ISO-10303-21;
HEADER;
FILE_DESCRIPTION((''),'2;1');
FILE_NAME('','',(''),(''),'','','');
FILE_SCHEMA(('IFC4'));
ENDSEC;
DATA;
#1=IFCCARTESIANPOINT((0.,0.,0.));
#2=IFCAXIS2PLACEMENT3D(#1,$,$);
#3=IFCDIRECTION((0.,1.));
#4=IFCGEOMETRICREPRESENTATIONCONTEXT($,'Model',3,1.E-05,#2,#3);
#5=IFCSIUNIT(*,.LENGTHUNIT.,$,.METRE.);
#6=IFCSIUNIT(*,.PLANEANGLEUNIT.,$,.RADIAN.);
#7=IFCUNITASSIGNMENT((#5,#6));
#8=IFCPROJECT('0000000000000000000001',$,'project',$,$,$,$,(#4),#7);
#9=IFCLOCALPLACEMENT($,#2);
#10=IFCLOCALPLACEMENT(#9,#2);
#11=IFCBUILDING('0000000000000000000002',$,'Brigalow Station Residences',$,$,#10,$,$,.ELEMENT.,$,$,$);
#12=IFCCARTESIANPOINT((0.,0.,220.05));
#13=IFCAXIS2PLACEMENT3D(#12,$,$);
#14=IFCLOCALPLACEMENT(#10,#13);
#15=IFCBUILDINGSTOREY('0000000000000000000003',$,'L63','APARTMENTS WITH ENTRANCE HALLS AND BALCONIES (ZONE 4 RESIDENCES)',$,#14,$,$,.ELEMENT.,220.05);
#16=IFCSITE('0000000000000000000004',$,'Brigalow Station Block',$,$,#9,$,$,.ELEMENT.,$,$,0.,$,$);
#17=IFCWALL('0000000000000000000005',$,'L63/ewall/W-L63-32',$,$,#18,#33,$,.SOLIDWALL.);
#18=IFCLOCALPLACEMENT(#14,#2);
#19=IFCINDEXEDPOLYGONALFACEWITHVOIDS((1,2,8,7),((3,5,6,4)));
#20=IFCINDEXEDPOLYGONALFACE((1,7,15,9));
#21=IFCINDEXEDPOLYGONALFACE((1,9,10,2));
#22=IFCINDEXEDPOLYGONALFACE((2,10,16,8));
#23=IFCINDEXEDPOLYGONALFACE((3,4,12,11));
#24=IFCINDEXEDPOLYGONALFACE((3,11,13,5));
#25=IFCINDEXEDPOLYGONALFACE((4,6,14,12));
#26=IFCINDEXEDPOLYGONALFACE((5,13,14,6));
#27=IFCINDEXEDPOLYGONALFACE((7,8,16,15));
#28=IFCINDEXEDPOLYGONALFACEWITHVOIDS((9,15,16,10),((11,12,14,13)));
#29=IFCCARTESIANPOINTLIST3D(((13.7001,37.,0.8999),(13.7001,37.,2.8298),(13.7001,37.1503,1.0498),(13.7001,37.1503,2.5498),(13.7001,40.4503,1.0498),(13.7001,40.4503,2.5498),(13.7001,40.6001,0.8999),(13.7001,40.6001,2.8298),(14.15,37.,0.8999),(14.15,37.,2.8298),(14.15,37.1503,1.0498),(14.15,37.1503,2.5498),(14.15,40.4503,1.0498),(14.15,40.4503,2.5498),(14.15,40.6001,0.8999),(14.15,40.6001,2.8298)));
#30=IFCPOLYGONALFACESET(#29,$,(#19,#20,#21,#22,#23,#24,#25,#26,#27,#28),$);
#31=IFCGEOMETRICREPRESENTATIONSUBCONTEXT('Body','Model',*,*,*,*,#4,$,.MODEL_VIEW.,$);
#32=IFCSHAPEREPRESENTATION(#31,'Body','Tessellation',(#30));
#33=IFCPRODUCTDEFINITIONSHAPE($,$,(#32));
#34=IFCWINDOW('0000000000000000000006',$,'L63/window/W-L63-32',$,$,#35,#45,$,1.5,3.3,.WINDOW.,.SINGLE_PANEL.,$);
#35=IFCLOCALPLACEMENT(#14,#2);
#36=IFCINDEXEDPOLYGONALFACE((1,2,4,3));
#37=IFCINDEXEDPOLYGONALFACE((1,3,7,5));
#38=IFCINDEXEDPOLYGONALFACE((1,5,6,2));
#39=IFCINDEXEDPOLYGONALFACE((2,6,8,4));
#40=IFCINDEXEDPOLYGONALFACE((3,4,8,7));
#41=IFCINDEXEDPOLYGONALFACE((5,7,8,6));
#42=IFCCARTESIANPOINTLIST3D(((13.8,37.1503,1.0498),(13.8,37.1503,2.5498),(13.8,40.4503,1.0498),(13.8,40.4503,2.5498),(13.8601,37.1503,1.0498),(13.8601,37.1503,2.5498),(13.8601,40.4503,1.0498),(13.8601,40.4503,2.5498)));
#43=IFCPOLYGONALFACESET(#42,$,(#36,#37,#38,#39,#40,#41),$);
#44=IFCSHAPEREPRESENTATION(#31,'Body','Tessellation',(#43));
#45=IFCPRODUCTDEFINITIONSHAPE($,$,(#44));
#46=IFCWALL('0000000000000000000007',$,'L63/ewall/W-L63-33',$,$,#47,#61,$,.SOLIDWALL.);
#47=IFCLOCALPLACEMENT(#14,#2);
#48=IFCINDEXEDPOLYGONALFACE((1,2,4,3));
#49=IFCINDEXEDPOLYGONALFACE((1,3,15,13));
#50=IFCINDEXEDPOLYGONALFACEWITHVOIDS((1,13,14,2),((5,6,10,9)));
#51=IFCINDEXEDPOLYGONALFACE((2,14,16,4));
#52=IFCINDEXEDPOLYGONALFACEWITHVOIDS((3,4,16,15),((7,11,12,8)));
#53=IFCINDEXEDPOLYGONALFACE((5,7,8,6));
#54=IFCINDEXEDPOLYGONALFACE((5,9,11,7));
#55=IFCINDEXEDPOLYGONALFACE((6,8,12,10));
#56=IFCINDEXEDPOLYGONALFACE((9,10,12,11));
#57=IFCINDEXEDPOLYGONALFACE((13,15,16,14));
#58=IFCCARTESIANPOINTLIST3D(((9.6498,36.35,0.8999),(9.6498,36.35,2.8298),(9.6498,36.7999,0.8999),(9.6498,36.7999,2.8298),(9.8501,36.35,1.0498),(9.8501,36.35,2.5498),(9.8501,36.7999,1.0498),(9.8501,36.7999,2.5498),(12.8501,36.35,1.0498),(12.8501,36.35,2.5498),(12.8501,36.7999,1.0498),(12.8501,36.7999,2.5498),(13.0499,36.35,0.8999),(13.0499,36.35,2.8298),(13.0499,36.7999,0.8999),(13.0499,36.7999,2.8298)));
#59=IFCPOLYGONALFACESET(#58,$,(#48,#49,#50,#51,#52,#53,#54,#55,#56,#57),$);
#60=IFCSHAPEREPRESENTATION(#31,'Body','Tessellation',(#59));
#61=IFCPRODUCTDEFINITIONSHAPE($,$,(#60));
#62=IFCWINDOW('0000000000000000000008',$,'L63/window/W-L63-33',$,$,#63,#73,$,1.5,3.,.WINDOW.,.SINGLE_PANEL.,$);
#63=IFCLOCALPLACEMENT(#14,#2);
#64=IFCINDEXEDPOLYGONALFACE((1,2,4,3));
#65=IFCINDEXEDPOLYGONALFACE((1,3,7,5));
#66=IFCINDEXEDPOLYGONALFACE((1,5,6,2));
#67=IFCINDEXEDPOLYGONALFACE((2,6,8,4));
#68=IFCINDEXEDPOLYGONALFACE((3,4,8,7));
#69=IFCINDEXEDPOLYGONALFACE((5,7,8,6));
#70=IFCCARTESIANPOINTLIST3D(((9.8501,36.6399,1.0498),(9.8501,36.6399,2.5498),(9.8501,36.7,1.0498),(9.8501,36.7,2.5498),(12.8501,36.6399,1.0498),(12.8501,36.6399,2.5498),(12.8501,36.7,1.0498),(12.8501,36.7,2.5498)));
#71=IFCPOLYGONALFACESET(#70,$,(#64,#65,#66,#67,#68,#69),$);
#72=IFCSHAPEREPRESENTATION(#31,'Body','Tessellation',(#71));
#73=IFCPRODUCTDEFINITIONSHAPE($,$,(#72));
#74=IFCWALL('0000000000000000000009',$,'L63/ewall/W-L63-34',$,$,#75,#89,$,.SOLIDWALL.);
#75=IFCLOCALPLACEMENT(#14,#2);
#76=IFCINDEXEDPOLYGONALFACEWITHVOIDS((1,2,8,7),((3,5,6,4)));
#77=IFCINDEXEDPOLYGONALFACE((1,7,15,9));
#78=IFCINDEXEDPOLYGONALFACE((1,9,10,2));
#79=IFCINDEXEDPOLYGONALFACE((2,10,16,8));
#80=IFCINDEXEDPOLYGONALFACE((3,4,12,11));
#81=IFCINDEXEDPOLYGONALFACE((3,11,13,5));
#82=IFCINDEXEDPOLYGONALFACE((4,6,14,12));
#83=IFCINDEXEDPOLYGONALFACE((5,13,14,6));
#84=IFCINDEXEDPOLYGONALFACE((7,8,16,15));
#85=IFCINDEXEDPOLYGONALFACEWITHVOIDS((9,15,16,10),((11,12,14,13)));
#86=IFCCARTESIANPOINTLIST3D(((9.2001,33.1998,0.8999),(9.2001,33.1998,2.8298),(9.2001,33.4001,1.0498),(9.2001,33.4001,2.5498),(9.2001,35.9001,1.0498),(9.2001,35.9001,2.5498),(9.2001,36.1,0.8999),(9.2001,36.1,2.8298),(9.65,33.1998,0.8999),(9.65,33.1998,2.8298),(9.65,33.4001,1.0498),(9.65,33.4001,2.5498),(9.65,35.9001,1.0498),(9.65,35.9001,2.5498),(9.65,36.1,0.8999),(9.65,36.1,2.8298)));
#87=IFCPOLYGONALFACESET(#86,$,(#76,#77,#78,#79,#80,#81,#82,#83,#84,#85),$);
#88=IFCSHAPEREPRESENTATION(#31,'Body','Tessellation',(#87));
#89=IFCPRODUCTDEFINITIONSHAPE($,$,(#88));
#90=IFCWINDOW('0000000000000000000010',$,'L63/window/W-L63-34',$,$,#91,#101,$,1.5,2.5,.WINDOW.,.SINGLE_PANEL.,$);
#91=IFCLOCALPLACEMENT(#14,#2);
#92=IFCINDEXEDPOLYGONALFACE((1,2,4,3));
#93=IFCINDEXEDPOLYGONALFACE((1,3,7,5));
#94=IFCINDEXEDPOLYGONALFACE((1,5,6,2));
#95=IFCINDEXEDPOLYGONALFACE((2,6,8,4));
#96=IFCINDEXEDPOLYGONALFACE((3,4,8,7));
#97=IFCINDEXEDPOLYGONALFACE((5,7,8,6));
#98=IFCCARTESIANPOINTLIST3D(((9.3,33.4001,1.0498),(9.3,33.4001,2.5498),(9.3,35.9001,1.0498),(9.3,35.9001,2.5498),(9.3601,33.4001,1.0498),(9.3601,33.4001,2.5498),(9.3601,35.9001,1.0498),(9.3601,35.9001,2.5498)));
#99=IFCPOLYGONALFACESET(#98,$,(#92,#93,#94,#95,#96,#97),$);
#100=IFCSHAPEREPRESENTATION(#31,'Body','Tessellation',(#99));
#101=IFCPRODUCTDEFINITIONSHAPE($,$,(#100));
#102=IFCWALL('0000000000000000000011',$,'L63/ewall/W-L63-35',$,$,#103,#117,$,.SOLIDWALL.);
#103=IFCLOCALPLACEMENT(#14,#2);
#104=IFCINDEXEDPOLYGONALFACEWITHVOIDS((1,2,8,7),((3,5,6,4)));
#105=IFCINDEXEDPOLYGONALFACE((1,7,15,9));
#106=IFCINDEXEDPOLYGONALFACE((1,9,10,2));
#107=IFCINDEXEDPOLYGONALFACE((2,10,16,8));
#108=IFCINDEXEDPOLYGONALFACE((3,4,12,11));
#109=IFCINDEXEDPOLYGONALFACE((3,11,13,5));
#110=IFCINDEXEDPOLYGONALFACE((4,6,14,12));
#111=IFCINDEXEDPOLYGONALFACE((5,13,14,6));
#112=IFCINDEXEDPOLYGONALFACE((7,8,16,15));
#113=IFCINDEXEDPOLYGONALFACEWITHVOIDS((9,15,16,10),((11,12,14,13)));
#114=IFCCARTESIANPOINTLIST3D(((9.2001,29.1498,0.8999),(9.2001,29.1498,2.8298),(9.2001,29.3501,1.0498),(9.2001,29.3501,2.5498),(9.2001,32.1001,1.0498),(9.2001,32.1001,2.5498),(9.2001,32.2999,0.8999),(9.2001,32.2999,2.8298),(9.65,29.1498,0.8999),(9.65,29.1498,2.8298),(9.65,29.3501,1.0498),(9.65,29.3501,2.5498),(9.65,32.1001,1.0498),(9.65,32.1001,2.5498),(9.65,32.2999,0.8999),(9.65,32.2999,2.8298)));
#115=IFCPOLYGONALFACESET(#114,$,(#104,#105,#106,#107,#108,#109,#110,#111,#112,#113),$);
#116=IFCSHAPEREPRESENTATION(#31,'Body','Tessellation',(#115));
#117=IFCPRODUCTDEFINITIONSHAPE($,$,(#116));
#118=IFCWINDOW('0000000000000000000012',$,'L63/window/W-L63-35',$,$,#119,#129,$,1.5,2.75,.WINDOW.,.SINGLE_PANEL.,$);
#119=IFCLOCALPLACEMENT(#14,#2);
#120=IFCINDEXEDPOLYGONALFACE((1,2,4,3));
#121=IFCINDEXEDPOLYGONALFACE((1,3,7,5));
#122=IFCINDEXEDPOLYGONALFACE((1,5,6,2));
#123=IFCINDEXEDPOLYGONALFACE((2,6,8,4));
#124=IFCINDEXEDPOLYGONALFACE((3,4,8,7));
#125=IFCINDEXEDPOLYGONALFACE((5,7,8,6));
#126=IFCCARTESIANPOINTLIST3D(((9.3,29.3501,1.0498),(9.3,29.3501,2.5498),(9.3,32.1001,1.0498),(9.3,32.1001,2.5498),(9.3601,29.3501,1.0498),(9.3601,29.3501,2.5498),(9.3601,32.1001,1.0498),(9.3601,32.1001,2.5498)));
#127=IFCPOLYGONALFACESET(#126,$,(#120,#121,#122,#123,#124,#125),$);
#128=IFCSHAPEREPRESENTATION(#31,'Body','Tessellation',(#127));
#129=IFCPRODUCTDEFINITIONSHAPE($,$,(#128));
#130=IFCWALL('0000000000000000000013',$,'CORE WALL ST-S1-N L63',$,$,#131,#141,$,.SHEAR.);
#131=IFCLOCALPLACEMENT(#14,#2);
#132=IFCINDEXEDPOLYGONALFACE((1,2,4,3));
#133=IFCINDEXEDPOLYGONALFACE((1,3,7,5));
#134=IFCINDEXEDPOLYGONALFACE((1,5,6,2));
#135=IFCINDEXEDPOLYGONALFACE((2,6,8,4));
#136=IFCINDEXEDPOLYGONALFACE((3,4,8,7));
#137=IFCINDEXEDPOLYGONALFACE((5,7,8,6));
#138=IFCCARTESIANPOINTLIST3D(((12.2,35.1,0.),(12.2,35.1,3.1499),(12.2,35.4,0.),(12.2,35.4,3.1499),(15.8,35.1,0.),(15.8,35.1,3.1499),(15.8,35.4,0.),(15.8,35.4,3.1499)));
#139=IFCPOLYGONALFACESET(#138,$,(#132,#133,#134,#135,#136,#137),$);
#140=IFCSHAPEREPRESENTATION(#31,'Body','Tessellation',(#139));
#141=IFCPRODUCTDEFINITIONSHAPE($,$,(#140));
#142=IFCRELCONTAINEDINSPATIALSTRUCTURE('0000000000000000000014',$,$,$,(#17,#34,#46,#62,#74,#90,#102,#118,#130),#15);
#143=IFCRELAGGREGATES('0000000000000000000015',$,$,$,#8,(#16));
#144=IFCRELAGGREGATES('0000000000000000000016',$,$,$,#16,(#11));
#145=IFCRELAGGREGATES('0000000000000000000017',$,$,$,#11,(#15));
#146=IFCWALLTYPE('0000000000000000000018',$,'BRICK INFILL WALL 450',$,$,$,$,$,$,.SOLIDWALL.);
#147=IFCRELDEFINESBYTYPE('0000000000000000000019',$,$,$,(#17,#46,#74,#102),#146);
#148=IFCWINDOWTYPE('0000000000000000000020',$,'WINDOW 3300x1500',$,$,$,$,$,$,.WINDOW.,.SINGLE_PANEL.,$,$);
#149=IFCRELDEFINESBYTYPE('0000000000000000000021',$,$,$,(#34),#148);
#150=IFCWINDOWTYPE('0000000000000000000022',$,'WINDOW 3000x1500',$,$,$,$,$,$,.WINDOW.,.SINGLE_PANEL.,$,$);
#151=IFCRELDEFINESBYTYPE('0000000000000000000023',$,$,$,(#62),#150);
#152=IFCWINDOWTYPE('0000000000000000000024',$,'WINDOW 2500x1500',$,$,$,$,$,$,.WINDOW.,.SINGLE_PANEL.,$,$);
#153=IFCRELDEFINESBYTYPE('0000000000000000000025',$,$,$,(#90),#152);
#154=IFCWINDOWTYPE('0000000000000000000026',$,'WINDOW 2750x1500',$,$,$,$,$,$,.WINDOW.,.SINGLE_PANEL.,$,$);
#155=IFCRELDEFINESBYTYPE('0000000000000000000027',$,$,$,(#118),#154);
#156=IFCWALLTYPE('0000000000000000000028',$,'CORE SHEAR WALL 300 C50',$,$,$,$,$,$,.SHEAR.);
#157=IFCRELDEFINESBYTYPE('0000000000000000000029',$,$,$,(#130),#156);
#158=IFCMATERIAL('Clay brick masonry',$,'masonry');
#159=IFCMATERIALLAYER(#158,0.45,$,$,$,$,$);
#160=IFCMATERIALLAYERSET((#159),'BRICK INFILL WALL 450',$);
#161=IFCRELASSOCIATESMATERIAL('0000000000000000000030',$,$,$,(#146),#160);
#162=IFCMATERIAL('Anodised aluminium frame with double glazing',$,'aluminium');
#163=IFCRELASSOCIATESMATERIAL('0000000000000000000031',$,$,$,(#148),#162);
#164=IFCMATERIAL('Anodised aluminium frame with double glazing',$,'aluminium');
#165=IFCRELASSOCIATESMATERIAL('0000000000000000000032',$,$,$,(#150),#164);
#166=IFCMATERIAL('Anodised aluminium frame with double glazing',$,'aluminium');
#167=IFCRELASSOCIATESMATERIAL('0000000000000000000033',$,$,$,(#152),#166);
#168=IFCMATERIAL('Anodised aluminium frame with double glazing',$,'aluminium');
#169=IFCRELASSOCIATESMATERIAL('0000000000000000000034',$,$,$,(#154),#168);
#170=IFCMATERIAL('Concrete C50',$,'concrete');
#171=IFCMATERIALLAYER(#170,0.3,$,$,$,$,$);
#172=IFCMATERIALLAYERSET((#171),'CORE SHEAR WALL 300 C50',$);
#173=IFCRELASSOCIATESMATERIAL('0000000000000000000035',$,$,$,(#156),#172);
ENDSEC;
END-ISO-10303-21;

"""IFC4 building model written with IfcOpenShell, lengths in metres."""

from ifc_helpers import new_model, si_unit, direction, frame, frame_2d, origin, place, context, subcontext, project, spatial, rectangle, extrude, material, layer, layer_set, type_object, element, fill, save


model = new_model("IFC4")

# Units and contexts
model_context = context("Model", 3, precision=1e-05, world=origin(), true_north=direction((0.0, 1.0)))
body_context = subcontext(model_context, "Body", "Model", "MODEL_VIEW")
ifc_project = project(units=[si_unit("LENGTHUNIT", "METRE"), si_unit("PLANEANGLEUNIT", "RADIAN")], contexts=[model_context])

# Site, building, storey
site_placement = place(None, origin())
site = spatial("IfcSite", under=ifc_project, at=site_placement, Name="Brigalow Station Block", CompositionType="ELEMENT", RefElevation=0.0)
building_placement = place(site_placement, origin())
building = spatial("IfcBuilding", under=site, at=building_placement, Name="Brigalow Station Residences", CompositionType="ELEMENT")
storey_placement = place(building_placement, frame((0.0, 0.0, 220.05)))
storey = spatial("IfcBuildingStorey", under=building, at=storey_placement, Name="L63", Description="APARTMENTS WITH ENTRANCE HALLS AND BALCONIES (ZONE 4 RESIDENCES)", CompositionType="ELEMENT", Elevation=220.05)

# Shared definitions
ifc_material_1 = material(Name="Clay brick masonry", Category="masonry")
ifc_layer_1 = layer(ifc_material_1, 0.45)
ifc_layer_set_1 = layer_set([ifc_layer_1], Name="BRICK INFILL WALL 450")
wall_type_1 = type_object("IfcWallType", Name="BRICK INFILL WALL 450", PredefinedType="SOLIDWALL", material=ifc_layer_set_1)

# Walls, openings, windows
wall_1_placement = place(storey_placement, frame((13.925, 40.6001, 0.8999), z_axis=(0.0, 0.0, 1.0), x_axis=(0.0, -1.0, 0.0)))
wall_1 = element("IfcWall", 1, at=wall_1_placement, inside=storey, type_object=wall_type_1, Name="L63/ewall/W-L63-32", PredefinedType="SOLIDWALL", context=body_context, shape_type="SweptSolid", body=[
    extrude(rectangle(XDim=3.6001, YDim=0.45, at=frame_2d((1.8, 0.0))), origin(), (0.0, 0.0, 1.0), 1.9299),
])
opening_1_placement = place(wall_1_placement, frame((0.1499, 0.0, 0.1499)))
opening_1 = element("IfcOpeningElement", 2, at=opening_1_placement, cuts=wall_1, PredefinedType="OPENING", context=body_context, shape_type="SweptSolid", body=[
    extrude(rectangle(XDim=3.3, YDim=1.5, at=frame_2d((1.6499, 0.75))), frame((0.0, 0.2349, 0.0), z_axis=(0.0, -1.0, 0.0), x_axis=(1.0, 0.0, 0.0)), (0.0, 0.0, 1.0), 0.47),
])
ifc_material_2 = material(Name="Anodised aluminium frame with double glazing", Category="aluminium")
window_type_1 = type_object("IfcWindowType", Name="WINDOW 3300x1500", PartitioningType="SINGLE_PANEL", PredefinedType="WINDOW", material=ifc_material_2)
window_1_placement = place(opening_1_placement, origin())
window_1 = element("IfcWindow", 3, at=window_1_placement, inside=storey, type_object=window_type_1, Name="L63/window/W-L63-32", OverallHeight=1.5, OverallWidth=3.3, PartitioningType="SINGLE_PANEL", PredefinedType="WINDOW", context=body_context, shape_type="SweptSolid", body=[
    extrude(rectangle(XDim=3.3, YDim=1.5, at=frame_2d((1.6499, 0.75))), frame((0.0, -0.0649, 0.0), z_axis=(0.0, -1.0, 0.0), x_axis=(1.0, 0.0, 0.0)), (0.0, 0.0, 1.0), 0.0601),
])
fill(opening_1, window_1)
wall_2_placement = place(storey_placement, frame((13.05, 36.575, 0.8999), z_axis=(0.0, 0.0, 1.0), x_axis=(-1.0, 0.0, 0.0)))
wall_2 = element("IfcWall", 4, at=wall_2_placement, inside=storey, type_object=wall_type_1, Name="L63/ewall/W-L63-33", PredefinedType="SOLIDWALL", context=body_context, shape_type="SweptSolid", body=[
    extrude(rectangle(XDim=3.4001, YDim=0.45, at=frame_2d((1.7002, 0.0))), origin(), (0.0, 0.0, 1.0), 1.9299),
])
opening_2_placement = place(wall_2_placement, frame((0.2, 0.0, 0.1499)))
opening_2 = element("IfcOpeningElement", 5, at=opening_2_placement, cuts=wall_2, PredefinedType="OPENING", context=body_context, shape_type="SweptSolid", body=[
    extrude(rectangle(XDim=3.0, YDim=1.5, at=frame_2d((1.5, 0.75))), frame((0.0, 0.2349, 0.0), z_axis=(0.0, -1.0, 0.0), x_axis=(1.0, 0.0, 0.0)), (0.0, 0.0, 1.0), 0.47),
])
ifc_material_3 = material(Name="Anodised aluminium frame with double glazing", Category="aluminium")
window_type_2 = type_object("IfcWindowType", Name="WINDOW 3000x1500", PartitioningType="SINGLE_PANEL", PredefinedType="WINDOW", material=ifc_material_3)
window_2_placement = place(opening_2_placement, origin())
window_2 = element("IfcWindow", 6, at=window_2_placement, inside=storey, type_object=window_type_2, Name="L63/window/W-L63-33", OverallHeight=1.5, OverallWidth=3.0, PartitioningType="SINGLE_PANEL", PredefinedType="WINDOW", context=body_context, shape_type="SweptSolid", body=[
    extrude(rectangle(XDim=3.0, YDim=1.5, at=frame_2d((1.5, 0.75))), frame((0.0, -0.0649, 0.0), z_axis=(0.0, -1.0, 0.0), x_axis=(1.0, 0.0, 0.0)), (0.0, 0.0, 1.0), 0.0601),
])
fill(opening_2, window_2)
wall_3_placement = place(storey_placement, frame((9.425, 36.1001, 0.8999), z_axis=(0.0, 0.0, 1.0), x_axis=(0.0, -1.0, 0.0)))
wall_3 = element("IfcWall", 7, at=wall_3_placement, inside=storey, type_object=wall_type_1, Name="L63/ewall/W-L63-34", PredefinedType="SOLIDWALL", context=body_context, shape_type="SweptSolid", body=[
    extrude(rectangle(XDim=2.9001, YDim=0.45, at=frame_2d((1.4502, 0.0))), origin(), (0.0, 0.0, 1.0), 1.9299),
])
opening_3_placement = place(wall_3_placement, frame((0.2, 0.0, 0.1499)))
opening_3 = element("IfcOpeningElement", 8, at=opening_3_placement, cuts=wall_3, PredefinedType="OPENING", context=body_context, shape_type="SweptSolid", body=[
    extrude(rectangle(XDim=2.5, YDim=1.5, at=frame_2d((1.25, 0.75))), frame((0.0, 0.2349, 0.0), z_axis=(0.0, -1.0, 0.0), x_axis=(1.0, 0.0, 0.0)), (0.0, 0.0, 1.0), 0.47),
])
ifc_material_4 = material(Name="Anodised aluminium frame with double glazing", Category="aluminium")
window_type_3 = type_object("IfcWindowType", Name="WINDOW 2500x1500", PartitioningType="SINGLE_PANEL", PredefinedType="WINDOW", material=ifc_material_4)
window_3_placement = place(opening_3_placement, origin())
window_3 = element("IfcWindow", 9, at=window_3_placement, inside=storey, type_object=window_type_3, Name="L63/window/W-L63-34", OverallHeight=1.5, OverallWidth=2.5, PartitioningType="SINGLE_PANEL", PredefinedType="WINDOW", context=body_context, shape_type="SweptSolid", body=[
    extrude(rectangle(XDim=2.5, YDim=1.5, at=frame_2d((1.25, 0.75))), frame((0.0, -0.0649, 0.0), z_axis=(0.0, -1.0, 0.0), x_axis=(1.0, 0.0, 0.0)), (0.0, 0.0, 1.0), 0.0601),
])
fill(opening_3, window_3)
wall_4_placement = place(storey_placement, frame((9.425, 32.3, 0.8999), z_axis=(0.0, 0.0, 1.0), x_axis=(0.0, -1.0, 0.0)))
wall_4 = element("IfcWall", 10, at=wall_4_placement, inside=storey, type_object=wall_type_1, Name="L63/ewall/W-L63-35", PredefinedType="SOLIDWALL", context=body_context, shape_type="SweptSolid", body=[
    extrude(rectangle(XDim=3.1501, YDim=0.45, at=frame_2d((1.5752, 0.0))), origin(), (0.0, 0.0, 1.0), 1.9299),
])
opening_4_placement = place(wall_4_placement, frame((0.2, 0.0, 0.1499)))
opening_4 = element("IfcOpeningElement", 11, at=opening_4_placement, cuts=wall_4, PredefinedType="OPENING", context=body_context, shape_type="SweptSolid", body=[
    extrude(rectangle(XDim=2.75, YDim=1.5, at=frame_2d((1.375, 0.75))), frame((0.0, 0.2349, 0.0), z_axis=(0.0, -1.0, 0.0), x_axis=(1.0, 0.0, 0.0)), (0.0, 0.0, 1.0), 0.47),
])
ifc_material_5 = material(Name="Anodised aluminium frame with double glazing", Category="aluminium")
window_type_4 = type_object("IfcWindowType", Name="WINDOW 2750x1500", PartitioningType="SINGLE_PANEL", PredefinedType="WINDOW", material=ifc_material_5)
window_4_placement = place(opening_4_placement, origin())
window_4 = element("IfcWindow", 12, at=window_4_placement, inside=storey, type_object=window_type_4, Name="L63/window/W-L63-35", OverallHeight=1.5, OverallWidth=2.75, PartitioningType="SINGLE_PANEL", PredefinedType="WINDOW", context=body_context, shape_type="SweptSolid", body=[
    extrude(rectangle(XDim=2.75, YDim=1.5, at=frame_2d((1.375, 0.75))), frame((0.0, -0.0649, 0.0), z_axis=(0.0, -1.0, 0.0), x_axis=(1.0, 0.0, 0.0)), (0.0, 0.0, 1.0), 0.0601),
])
fill(opening_4, window_4)

# Wall
ifc_material_6 = material(Name="Concrete C50", Category="concrete")
ifc_layer_2 = layer(ifc_material_6, 0.3)
ifc_layer_set_2 = layer_set([ifc_layer_2], Name="CORE SHEAR WALL 300 C50")
wall_type_2 = type_object("IfcWallType", Name="CORE SHEAR WALL 300 C50", PredefinedType="SHEAR", material=ifc_layer_set_2)
wall_5_placement = place(storey_placement, frame((12.2, 35.25, 0.0), z_axis=(0.0, 0.0, 1.0), x_axis=(1.0, 0.0, 0.0)))
element("IfcWall", 13, at=wall_5_placement, inside=storey, type_object=wall_type_2, Name="CORE WALL ST-S1-N L63", PredefinedType="SHEAR", context=body_context, shape_type="SweptSolid", body=[
    extrude(rectangle(XDim=3.6001, YDim=0.3, at=frame_2d((1.8, 0.0))), origin(), (0.0, 0.0, 1.0), 3.1499),
])

save(model, "model.ifc")
